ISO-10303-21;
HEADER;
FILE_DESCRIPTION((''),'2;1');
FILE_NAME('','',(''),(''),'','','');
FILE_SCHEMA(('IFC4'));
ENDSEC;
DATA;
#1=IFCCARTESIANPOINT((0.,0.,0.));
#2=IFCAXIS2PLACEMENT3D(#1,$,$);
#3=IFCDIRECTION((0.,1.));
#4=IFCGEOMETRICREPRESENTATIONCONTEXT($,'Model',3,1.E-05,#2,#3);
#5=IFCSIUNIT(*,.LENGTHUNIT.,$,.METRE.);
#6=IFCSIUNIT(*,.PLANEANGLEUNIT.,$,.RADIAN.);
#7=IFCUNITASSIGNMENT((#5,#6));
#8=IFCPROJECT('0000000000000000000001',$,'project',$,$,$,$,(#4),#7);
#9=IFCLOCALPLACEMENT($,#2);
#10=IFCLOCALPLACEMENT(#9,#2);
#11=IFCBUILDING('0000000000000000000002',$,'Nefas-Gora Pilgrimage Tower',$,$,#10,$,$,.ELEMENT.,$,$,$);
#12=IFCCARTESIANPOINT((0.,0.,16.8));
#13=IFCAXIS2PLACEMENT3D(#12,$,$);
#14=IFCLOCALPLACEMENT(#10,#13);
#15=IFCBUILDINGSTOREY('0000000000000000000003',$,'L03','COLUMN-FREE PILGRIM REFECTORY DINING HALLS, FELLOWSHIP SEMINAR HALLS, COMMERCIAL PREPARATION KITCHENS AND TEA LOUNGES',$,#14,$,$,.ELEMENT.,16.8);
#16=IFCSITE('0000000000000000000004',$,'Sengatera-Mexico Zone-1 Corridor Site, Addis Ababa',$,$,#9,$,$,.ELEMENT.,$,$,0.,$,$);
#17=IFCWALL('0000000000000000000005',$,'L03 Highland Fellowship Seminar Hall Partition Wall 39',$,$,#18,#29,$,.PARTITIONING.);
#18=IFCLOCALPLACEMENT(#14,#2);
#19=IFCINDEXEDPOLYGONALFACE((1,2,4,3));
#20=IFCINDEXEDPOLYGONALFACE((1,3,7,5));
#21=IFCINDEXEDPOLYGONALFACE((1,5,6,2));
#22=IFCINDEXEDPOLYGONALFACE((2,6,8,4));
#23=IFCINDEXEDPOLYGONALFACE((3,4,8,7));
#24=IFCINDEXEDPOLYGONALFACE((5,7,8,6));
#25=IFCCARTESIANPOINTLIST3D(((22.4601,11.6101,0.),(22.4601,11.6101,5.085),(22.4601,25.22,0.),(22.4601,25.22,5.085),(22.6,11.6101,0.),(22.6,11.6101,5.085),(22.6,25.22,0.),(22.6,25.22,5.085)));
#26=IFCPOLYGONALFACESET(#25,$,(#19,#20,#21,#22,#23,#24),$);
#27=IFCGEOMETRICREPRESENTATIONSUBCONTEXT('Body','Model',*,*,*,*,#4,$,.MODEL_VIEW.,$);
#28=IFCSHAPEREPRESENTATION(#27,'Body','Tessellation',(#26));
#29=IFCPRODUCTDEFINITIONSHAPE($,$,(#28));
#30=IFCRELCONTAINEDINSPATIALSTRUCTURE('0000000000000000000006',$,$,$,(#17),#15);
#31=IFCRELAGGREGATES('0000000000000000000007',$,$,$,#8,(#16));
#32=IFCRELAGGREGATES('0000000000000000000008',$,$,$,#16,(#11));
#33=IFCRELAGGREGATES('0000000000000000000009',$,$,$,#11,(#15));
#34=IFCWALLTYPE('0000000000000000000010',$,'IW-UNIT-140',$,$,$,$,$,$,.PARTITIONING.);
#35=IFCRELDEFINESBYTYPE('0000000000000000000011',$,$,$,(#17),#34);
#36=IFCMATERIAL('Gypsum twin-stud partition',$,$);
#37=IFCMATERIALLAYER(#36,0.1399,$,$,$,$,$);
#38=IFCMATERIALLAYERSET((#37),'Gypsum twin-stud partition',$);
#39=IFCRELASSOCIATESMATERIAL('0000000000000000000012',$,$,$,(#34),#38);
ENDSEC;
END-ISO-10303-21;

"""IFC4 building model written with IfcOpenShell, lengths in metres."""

from ifc_helpers import new_model, si_unit, direction, frame, frame_2d, origin, place, context, subcontext, project, spatial, rectangle, extrude, source, transform, mapped, material, layer, layer_set, type_object, element, save


model = new_model("IFC4")

# Units and contexts
model_context = context("Model", 3, precision=1e-05, world=origin(), true_north=direction((0.0, 1.0)))
body_context = subcontext(model_context, "Body", "Model", "MODEL_VIEW")
ifc_project = project(units=[si_unit("LENGTHUNIT", "METRE"), si_unit("PLANEANGLEUNIT", "RADIAN")], contexts=[model_context])

# Site, building, storey
site_placement = place(None, origin())
site = spatial("IfcSite", under=ifc_project, at=site_placement, Name="Sengatera-Mexico Zone-1 Corridor Site, Addis Ababa", CompositionType="ELEMENT", RefElevation=0.0)
building_placement = place(site_placement, origin())
building = spatial("IfcBuilding", under=site, at=building_placement, Name="Nefas-Gora Pilgrimage Tower", CompositionType="ELEMENT")
storey_placement = place(building_placement, frame((0.0, 0.0, 16.8)))
storey = spatial("IfcBuildingStorey", under=building, at=storey_placement, Name="L03", Description="COLUMN-FREE PILGRIM REFECTORY DINING HALLS, FELLOWSHIP SEMINAR HALLS, COMMERCIAL PREPARATION KITCHENS AND TEA LOUNGES", CompositionType="ELEMENT", Elevation=16.8)

# Wall
ifc_material_1 = material(Name="Gypsum twin-stud partition")
ifc_layer_1 = layer(ifc_material_1, 0.1399)
ifc_layer_set_1 = layer_set([ifc_layer_1], Name="Gypsum twin-stud partition")
wall_type_1 = type_object("IfcWallType", Name="IW-UNIT-140", PredefinedType="PARTITIONING", material=ifc_layer_set_1)
shared_shape_1 = source(origin(), body_context, "Body", "SweptSolid", [
    extrude(rectangle(XDim=13.6099, YDim=0.1399, at=frame_2d((6.8049, 0.0))), origin(), (0.0, 0.0, 1.0), 5.085),
])
wall_1_placement = place(storey_placement, frame((22.53, 11.6101, 0.0), z_axis=(0.0, 0.0, 1.0), x_axis=(0.0, 1.0, 0.0)))
element("IfcWall", 1, at=wall_1_placement, inside=storey, type_object=wall_type_1, Name="L03 Highland Fellowship Seminar Hall Partition Wall 39", PredefinedType="PARTITIONING", context=body_context, shape_type="MappedRepresentation", body=[
    mapped(shared_shape_1, transform((0.0, 0.0, 0.0), x_axis=(1.0, 0.0, 0.0), y_axis=(0.0, 1.0, 0.0), z_axis=(0.0, 0.0, 1.0), scale=1.0)),
])

save(model, "model.ifc")
